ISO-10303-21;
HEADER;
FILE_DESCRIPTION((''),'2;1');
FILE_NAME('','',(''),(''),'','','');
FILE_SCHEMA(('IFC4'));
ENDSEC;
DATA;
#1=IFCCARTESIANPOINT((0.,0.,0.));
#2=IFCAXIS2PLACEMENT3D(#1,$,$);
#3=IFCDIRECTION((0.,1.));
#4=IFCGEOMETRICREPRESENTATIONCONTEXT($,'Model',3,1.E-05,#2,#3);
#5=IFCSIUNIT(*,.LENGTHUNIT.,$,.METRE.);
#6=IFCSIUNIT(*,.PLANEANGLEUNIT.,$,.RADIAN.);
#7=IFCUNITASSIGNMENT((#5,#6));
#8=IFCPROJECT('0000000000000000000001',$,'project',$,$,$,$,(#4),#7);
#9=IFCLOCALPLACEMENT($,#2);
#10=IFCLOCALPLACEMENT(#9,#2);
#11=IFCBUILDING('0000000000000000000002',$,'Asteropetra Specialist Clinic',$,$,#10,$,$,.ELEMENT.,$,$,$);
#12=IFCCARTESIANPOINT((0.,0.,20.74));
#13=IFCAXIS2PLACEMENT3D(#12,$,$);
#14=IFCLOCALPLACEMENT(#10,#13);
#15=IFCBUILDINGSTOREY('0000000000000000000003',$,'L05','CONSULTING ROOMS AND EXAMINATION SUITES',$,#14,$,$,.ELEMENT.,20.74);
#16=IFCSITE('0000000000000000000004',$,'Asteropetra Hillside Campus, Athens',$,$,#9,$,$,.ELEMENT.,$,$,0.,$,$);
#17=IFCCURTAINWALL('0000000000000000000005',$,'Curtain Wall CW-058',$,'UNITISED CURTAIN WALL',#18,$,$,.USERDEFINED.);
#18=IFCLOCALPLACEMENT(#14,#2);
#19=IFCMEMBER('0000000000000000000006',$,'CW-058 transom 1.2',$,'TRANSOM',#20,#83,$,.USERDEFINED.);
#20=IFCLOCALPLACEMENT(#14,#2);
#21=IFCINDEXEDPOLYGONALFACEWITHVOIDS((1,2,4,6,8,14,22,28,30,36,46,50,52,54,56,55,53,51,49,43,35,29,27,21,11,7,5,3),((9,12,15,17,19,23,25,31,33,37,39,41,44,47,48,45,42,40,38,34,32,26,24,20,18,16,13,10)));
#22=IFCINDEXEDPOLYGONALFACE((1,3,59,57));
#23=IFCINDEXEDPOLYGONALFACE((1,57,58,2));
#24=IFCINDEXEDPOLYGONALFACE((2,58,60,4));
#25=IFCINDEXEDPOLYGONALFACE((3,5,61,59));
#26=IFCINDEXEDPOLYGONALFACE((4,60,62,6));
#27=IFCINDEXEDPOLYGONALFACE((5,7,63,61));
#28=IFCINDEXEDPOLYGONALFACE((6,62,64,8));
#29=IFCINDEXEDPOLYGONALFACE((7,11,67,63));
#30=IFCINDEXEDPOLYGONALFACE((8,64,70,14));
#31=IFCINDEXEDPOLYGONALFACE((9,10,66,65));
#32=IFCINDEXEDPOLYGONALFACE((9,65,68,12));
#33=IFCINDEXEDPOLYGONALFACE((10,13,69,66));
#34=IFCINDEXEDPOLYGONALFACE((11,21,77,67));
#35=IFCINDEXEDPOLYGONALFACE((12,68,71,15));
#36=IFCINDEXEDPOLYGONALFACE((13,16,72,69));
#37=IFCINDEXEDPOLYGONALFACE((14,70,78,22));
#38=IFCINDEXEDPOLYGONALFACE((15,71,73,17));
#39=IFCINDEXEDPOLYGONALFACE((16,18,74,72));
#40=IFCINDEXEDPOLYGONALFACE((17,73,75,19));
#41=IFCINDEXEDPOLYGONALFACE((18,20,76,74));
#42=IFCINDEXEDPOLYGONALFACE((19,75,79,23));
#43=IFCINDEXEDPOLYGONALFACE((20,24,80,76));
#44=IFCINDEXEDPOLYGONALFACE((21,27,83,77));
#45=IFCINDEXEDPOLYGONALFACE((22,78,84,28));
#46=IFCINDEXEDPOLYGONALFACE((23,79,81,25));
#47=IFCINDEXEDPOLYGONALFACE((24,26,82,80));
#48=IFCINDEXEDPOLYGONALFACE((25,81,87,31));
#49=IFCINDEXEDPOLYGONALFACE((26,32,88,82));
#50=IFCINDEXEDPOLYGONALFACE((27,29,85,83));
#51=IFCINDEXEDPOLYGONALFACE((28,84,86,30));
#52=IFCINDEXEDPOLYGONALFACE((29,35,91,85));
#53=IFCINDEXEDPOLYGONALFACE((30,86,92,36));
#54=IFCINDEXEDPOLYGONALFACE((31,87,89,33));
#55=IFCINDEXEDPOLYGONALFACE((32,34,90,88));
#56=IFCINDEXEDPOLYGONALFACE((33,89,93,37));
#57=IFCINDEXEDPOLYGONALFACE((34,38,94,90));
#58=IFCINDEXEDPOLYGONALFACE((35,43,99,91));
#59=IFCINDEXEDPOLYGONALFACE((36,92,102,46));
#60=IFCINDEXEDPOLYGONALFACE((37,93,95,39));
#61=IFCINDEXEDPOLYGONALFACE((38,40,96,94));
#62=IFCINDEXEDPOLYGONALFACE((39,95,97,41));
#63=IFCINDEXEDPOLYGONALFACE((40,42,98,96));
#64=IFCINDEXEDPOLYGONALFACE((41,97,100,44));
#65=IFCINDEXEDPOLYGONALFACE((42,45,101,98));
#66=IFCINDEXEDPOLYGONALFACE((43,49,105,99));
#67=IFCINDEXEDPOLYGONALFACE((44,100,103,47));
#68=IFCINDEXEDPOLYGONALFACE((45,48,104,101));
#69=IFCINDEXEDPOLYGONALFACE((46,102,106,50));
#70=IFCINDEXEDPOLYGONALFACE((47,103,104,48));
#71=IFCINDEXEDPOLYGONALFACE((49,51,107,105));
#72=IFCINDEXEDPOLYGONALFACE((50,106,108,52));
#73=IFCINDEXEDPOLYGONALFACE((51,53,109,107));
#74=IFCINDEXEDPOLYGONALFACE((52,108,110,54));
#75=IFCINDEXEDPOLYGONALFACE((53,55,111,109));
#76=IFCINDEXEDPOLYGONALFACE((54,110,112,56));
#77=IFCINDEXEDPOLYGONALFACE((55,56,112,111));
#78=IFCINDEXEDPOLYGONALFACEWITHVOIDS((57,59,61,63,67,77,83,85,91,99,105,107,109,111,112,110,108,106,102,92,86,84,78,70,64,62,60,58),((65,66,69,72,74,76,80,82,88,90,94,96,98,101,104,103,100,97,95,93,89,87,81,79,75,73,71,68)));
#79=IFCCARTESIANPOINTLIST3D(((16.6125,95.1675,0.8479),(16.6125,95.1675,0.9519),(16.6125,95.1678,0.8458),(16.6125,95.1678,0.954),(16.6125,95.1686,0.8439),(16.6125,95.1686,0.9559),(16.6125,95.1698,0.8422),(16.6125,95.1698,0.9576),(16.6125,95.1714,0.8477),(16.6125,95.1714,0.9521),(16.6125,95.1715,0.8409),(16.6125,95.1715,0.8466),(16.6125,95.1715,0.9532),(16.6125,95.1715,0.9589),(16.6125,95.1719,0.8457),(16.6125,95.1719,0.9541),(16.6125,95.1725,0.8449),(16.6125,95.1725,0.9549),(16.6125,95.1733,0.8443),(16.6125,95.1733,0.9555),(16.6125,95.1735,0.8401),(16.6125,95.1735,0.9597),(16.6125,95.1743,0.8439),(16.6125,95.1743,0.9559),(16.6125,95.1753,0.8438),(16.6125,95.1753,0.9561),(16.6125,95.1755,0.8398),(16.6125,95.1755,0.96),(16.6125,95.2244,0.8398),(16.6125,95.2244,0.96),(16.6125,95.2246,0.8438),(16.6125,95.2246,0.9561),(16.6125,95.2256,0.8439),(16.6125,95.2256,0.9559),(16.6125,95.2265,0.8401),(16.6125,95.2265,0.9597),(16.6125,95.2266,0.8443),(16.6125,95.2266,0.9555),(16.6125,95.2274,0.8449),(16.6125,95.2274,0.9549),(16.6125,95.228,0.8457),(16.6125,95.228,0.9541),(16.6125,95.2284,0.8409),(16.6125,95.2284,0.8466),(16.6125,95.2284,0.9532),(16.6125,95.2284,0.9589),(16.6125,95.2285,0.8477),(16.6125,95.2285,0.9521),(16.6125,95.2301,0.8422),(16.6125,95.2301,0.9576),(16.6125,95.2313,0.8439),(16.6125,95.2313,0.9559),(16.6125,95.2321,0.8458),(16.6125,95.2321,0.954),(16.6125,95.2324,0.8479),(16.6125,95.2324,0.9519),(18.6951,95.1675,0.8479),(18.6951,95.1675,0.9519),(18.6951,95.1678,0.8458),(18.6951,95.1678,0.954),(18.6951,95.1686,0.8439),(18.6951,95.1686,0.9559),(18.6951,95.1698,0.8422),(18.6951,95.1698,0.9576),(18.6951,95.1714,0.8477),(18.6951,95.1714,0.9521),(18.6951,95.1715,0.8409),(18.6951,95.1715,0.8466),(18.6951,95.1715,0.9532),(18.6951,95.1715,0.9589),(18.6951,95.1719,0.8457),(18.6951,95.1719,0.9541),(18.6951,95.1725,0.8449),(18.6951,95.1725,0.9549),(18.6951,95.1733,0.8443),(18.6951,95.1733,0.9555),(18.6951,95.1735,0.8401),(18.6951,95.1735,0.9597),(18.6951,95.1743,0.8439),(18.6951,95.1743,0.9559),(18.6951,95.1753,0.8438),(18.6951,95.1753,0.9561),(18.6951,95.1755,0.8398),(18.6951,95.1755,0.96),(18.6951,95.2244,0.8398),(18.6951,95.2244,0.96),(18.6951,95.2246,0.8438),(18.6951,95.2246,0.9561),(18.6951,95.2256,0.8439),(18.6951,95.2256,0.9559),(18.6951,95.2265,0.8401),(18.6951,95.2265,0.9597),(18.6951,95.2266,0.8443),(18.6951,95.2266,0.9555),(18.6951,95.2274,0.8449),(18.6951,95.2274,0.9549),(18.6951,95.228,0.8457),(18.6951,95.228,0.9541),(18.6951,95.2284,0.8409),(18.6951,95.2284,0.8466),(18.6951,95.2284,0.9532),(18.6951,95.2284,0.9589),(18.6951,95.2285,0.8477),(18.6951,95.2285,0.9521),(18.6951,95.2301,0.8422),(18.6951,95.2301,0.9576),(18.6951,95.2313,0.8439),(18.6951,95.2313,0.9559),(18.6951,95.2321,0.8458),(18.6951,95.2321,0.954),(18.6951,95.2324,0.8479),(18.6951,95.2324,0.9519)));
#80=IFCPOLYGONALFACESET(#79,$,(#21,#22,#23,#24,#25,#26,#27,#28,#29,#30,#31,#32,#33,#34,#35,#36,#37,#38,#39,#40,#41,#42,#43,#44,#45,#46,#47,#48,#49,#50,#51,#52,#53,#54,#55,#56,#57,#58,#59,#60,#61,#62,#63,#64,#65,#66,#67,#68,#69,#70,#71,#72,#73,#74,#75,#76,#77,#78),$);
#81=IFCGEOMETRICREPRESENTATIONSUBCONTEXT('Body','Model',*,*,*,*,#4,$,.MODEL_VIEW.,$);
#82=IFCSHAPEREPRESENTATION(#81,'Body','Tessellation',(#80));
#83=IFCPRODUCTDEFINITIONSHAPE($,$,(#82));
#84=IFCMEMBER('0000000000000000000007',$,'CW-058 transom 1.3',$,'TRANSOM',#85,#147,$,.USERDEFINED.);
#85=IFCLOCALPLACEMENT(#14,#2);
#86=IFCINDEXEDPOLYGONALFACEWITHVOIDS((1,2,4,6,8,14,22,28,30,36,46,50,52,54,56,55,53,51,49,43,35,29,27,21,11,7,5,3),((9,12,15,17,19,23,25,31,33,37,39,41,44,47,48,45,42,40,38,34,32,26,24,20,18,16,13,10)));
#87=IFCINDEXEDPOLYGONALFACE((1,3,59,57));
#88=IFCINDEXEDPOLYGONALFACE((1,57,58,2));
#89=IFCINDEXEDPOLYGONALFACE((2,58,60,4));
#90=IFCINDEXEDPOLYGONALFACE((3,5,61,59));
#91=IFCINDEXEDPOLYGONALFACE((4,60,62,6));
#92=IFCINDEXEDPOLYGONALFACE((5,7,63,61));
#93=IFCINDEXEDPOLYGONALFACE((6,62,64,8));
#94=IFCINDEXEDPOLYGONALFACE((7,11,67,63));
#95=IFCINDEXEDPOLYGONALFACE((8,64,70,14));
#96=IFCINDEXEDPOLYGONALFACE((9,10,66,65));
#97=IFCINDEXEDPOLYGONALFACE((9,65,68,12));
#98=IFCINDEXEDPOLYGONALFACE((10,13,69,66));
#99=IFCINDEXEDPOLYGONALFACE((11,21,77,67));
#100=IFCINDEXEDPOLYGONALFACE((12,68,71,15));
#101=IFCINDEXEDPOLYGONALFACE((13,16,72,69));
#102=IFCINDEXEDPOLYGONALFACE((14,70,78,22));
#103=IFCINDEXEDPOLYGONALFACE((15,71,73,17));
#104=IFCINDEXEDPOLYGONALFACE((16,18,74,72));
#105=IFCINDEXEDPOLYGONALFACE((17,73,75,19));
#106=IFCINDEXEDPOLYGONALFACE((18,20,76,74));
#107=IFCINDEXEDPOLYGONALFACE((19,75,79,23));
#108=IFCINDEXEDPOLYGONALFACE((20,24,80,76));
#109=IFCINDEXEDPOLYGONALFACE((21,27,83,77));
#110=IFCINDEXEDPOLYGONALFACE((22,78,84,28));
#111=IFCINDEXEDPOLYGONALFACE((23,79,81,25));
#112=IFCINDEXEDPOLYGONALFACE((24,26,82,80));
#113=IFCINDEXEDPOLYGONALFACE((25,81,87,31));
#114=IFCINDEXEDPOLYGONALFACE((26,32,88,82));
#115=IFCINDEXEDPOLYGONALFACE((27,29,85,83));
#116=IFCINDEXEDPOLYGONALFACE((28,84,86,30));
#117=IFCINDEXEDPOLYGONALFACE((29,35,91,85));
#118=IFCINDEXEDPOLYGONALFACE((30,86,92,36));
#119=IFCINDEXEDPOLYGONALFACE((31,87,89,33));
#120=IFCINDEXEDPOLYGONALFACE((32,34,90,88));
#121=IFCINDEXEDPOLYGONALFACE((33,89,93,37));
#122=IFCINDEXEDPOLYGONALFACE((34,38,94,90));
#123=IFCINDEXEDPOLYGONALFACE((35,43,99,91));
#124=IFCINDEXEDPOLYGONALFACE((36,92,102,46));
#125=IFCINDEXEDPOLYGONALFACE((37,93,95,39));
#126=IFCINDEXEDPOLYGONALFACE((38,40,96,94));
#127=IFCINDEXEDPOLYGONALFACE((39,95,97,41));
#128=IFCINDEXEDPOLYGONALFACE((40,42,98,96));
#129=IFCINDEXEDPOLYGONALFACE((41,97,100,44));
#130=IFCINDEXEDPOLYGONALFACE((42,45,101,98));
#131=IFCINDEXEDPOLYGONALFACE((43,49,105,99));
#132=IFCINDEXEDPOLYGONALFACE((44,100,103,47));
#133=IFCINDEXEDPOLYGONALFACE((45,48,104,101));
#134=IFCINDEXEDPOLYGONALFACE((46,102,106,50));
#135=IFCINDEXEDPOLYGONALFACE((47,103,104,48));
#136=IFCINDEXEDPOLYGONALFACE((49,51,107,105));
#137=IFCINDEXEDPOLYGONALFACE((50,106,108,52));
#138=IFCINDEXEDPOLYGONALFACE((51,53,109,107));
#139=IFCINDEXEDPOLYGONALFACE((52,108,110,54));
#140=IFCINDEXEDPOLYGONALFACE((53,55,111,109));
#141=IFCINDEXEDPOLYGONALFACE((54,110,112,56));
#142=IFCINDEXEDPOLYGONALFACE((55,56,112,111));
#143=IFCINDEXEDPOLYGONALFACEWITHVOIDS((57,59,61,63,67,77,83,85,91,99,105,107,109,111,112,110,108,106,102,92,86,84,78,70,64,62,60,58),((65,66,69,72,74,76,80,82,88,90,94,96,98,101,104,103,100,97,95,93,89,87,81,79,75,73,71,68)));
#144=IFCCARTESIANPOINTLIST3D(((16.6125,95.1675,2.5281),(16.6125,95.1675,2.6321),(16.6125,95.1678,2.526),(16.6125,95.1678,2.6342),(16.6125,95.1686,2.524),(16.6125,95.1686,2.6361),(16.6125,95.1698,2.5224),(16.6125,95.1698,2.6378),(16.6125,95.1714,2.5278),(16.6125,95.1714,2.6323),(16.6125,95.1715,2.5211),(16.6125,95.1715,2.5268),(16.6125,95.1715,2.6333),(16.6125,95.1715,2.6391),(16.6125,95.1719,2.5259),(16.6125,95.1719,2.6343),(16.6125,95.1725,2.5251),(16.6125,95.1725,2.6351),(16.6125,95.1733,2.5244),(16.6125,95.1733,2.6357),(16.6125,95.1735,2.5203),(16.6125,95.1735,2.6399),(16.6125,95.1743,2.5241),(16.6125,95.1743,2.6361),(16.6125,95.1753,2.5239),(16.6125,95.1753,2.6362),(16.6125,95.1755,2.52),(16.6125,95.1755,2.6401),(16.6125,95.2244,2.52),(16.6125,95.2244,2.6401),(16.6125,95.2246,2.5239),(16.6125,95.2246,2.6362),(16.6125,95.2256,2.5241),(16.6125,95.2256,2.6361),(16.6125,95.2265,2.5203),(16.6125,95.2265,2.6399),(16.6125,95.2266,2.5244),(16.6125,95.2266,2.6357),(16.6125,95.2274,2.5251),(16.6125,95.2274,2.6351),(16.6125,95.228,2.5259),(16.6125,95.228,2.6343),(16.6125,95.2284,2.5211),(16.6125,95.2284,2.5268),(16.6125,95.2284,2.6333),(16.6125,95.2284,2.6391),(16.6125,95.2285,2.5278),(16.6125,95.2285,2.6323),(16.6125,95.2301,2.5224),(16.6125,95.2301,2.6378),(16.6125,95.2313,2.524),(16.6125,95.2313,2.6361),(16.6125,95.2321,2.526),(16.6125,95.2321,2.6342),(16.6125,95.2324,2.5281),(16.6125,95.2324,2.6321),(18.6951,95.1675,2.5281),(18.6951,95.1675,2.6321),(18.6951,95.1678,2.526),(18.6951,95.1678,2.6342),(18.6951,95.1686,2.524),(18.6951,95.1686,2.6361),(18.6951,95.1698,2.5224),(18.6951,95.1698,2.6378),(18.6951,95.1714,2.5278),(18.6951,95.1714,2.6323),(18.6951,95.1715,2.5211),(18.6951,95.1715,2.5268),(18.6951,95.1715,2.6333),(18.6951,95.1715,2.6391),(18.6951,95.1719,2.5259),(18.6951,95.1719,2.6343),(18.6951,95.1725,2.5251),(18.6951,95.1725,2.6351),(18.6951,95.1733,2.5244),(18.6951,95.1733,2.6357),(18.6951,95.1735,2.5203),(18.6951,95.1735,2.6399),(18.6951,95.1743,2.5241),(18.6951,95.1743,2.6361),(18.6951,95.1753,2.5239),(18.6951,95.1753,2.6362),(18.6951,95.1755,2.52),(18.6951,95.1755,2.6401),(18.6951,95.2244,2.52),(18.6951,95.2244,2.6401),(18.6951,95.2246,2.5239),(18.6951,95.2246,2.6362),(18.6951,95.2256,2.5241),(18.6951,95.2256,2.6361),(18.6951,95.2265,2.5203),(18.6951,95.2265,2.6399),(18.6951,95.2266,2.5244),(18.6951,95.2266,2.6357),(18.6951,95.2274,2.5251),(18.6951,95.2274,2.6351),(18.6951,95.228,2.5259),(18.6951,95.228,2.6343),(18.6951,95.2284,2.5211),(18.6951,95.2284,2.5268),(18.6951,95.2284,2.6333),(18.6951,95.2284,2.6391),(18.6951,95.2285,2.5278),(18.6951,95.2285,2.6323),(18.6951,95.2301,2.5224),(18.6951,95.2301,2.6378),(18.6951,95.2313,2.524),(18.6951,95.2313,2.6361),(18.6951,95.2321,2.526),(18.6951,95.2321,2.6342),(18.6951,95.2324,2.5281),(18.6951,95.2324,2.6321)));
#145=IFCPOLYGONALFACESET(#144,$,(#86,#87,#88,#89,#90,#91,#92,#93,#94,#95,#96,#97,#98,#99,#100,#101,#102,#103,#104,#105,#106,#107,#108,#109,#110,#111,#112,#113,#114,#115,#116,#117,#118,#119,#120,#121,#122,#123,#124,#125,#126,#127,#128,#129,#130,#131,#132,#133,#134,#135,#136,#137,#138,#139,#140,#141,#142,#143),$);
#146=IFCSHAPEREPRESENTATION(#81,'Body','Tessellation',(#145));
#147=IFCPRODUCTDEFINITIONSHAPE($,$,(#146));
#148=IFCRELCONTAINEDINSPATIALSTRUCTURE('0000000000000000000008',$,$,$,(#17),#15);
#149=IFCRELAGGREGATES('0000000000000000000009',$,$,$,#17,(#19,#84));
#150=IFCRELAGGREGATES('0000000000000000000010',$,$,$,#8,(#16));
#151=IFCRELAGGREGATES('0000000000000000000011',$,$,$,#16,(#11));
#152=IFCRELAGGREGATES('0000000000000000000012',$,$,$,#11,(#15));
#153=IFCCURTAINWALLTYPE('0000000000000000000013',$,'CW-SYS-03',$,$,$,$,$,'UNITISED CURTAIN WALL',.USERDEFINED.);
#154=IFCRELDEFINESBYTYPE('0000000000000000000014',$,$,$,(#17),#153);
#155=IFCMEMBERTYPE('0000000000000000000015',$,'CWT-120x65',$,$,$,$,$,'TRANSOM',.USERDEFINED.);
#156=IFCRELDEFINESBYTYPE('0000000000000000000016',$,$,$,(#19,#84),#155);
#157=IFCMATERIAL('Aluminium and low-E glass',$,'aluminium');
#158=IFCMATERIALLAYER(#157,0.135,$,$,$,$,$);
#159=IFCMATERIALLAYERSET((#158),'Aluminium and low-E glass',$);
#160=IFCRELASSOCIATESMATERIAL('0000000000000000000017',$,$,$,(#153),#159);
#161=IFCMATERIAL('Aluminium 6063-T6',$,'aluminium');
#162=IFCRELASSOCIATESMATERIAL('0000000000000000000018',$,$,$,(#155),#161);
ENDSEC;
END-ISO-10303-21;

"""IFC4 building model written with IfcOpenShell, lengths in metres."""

from ifc_helpers import new_model, si_unit, direction, frame, origin, origin_2d, place, context, subcontext, project, spatial, hollow_rectangle, extrude, material, layer, layer_set, material_profile, profile_set, type_object, element, aggregate, save


model = new_model("IFC4")

# Units and contexts
model_context = context("Model", 3, precision=1e-05, world=origin(), true_north=direction((0.0, 1.0)))
body_context = subcontext(model_context, "Body", "Model", "MODEL_VIEW")
ifc_project = project(units=[si_unit("LENGTHUNIT", "METRE"), si_unit("PLANEANGLEUNIT", "RADIAN")], contexts=[model_context])

# Site, building, storey
site_placement = place(None, origin())
site = spatial("IfcSite", under=ifc_project, at=site_placement, Name="Asteropetra Hillside Campus, Athens", CompositionType="ELEMENT", RefElevation=0.0)
building_placement = place(site_placement, origin())
building = spatial("IfcBuilding", under=site, at=building_placement, Name="Asteropetra Specialist Clinic", CompositionType="ELEMENT")
storey_placement = place(building_placement, frame((0.0, 0.0, 20.74)))
storey = spatial("IfcBuildingStorey", under=building, at=storey_placement, Name="L05", Description="CONSULTING ROOMS AND EXAMINATION SUITES", CompositionType="ELEMENT", Elevation=20.74)

# Curtain wall
ifc_material_1 = material(Name="Aluminium and low-E glass", Category="aluminium")
ifc_layer_1 = layer(ifc_material_1, 0.135)
ifc_layer_set_1 = layer_set([ifc_layer_1], Name="Aluminium and low-E glass")
curtain_wall_type_1 = type_object("IfcCurtainWallType", Name="CW-SYS-03", ElementType="UNITISED CURTAIN WALL", PredefinedType="USERDEFINED", material=ifc_layer_set_1)
curtain_wall_1_placement = place(storey_placement, origin())
curtain_wall_1 = element("IfcCurtainWall", 1, at=curtain_wall_1_placement, inside=storey, type_object=curtain_wall_type_1, Name="Curtain Wall CW-058", ObjectType="UNITISED CURTAIN WALL", PredefinedType="USERDEFINED")

# Members
ifc_material_2 = material(Name="Aluminium 6063-T6", Category="aluminium")
ifc_material_profile_1 = material_profile(ifc_material_2, hollow_rectangle(XDim=0.0649, YDim=0.1201, WallThickness=0.0039, InnerFilletRadius=0.0039, OuterFilletRadius=0.0081, at=origin_2d()), Name="TRN 120x65x4.0")
ifc_profile_set_1 = profile_set([ifc_material_profile_1], Name="Aluminium 6063-T6")
member_type_1 = type_object("IfcMemberType", Name="CWT-120x65", ElementType="TRANSOM", PredefinedType="USERDEFINED", material=ifc_profile_set_1)
member_1_placement = place(storey_placement, frame((18.6951, 95.2, 0.8999), z_axis=(-1.0, 0.0, 0.0), x_axis=(0.0, -1.0, 0.0)))
member_1 = element("IfcMember", 2, at=member_1_placement, type_object=member_type_1, Name="CW-058 transom 1.2", ObjectType="TRANSOM", PredefinedType="USERDEFINED", context=body_context, shape_type="SweptSolid", body=[
    extrude(hollow_rectangle(XDim=0.0649, YDim=0.1201, WallThickness=0.0039, InnerFilletRadius=0.0039, OuterFilletRadius=0.0081, at=origin_2d()), origin(), (0.0, 0.0, 1.0), 2.0825),
])
member_2_placement = place(storey_placement, frame((18.6951, 95.2, 2.5801), z_axis=(-1.0, 0.0, 0.0), x_axis=(0.0, -1.0, 0.0)))
member_2 = element("IfcMember", 3, at=member_2_placement, type_object=member_type_1, Name="CW-058 transom 1.3", ObjectType="TRANSOM", PredefinedType="USERDEFINED", context=body_context, shape_type="SweptSolid", body=[
    extrude(hollow_rectangle(XDim=0.0649, YDim=0.1201, WallThickness=0.0039, InnerFilletRadius=0.0039, OuterFilletRadius=0.0081, at=origin_2d()), origin(), (0.0, 0.0, 1.0), 2.0825),
])
aggregate(curtain_wall_1, [member_1, member_2])

save(model, "model.ifc")
